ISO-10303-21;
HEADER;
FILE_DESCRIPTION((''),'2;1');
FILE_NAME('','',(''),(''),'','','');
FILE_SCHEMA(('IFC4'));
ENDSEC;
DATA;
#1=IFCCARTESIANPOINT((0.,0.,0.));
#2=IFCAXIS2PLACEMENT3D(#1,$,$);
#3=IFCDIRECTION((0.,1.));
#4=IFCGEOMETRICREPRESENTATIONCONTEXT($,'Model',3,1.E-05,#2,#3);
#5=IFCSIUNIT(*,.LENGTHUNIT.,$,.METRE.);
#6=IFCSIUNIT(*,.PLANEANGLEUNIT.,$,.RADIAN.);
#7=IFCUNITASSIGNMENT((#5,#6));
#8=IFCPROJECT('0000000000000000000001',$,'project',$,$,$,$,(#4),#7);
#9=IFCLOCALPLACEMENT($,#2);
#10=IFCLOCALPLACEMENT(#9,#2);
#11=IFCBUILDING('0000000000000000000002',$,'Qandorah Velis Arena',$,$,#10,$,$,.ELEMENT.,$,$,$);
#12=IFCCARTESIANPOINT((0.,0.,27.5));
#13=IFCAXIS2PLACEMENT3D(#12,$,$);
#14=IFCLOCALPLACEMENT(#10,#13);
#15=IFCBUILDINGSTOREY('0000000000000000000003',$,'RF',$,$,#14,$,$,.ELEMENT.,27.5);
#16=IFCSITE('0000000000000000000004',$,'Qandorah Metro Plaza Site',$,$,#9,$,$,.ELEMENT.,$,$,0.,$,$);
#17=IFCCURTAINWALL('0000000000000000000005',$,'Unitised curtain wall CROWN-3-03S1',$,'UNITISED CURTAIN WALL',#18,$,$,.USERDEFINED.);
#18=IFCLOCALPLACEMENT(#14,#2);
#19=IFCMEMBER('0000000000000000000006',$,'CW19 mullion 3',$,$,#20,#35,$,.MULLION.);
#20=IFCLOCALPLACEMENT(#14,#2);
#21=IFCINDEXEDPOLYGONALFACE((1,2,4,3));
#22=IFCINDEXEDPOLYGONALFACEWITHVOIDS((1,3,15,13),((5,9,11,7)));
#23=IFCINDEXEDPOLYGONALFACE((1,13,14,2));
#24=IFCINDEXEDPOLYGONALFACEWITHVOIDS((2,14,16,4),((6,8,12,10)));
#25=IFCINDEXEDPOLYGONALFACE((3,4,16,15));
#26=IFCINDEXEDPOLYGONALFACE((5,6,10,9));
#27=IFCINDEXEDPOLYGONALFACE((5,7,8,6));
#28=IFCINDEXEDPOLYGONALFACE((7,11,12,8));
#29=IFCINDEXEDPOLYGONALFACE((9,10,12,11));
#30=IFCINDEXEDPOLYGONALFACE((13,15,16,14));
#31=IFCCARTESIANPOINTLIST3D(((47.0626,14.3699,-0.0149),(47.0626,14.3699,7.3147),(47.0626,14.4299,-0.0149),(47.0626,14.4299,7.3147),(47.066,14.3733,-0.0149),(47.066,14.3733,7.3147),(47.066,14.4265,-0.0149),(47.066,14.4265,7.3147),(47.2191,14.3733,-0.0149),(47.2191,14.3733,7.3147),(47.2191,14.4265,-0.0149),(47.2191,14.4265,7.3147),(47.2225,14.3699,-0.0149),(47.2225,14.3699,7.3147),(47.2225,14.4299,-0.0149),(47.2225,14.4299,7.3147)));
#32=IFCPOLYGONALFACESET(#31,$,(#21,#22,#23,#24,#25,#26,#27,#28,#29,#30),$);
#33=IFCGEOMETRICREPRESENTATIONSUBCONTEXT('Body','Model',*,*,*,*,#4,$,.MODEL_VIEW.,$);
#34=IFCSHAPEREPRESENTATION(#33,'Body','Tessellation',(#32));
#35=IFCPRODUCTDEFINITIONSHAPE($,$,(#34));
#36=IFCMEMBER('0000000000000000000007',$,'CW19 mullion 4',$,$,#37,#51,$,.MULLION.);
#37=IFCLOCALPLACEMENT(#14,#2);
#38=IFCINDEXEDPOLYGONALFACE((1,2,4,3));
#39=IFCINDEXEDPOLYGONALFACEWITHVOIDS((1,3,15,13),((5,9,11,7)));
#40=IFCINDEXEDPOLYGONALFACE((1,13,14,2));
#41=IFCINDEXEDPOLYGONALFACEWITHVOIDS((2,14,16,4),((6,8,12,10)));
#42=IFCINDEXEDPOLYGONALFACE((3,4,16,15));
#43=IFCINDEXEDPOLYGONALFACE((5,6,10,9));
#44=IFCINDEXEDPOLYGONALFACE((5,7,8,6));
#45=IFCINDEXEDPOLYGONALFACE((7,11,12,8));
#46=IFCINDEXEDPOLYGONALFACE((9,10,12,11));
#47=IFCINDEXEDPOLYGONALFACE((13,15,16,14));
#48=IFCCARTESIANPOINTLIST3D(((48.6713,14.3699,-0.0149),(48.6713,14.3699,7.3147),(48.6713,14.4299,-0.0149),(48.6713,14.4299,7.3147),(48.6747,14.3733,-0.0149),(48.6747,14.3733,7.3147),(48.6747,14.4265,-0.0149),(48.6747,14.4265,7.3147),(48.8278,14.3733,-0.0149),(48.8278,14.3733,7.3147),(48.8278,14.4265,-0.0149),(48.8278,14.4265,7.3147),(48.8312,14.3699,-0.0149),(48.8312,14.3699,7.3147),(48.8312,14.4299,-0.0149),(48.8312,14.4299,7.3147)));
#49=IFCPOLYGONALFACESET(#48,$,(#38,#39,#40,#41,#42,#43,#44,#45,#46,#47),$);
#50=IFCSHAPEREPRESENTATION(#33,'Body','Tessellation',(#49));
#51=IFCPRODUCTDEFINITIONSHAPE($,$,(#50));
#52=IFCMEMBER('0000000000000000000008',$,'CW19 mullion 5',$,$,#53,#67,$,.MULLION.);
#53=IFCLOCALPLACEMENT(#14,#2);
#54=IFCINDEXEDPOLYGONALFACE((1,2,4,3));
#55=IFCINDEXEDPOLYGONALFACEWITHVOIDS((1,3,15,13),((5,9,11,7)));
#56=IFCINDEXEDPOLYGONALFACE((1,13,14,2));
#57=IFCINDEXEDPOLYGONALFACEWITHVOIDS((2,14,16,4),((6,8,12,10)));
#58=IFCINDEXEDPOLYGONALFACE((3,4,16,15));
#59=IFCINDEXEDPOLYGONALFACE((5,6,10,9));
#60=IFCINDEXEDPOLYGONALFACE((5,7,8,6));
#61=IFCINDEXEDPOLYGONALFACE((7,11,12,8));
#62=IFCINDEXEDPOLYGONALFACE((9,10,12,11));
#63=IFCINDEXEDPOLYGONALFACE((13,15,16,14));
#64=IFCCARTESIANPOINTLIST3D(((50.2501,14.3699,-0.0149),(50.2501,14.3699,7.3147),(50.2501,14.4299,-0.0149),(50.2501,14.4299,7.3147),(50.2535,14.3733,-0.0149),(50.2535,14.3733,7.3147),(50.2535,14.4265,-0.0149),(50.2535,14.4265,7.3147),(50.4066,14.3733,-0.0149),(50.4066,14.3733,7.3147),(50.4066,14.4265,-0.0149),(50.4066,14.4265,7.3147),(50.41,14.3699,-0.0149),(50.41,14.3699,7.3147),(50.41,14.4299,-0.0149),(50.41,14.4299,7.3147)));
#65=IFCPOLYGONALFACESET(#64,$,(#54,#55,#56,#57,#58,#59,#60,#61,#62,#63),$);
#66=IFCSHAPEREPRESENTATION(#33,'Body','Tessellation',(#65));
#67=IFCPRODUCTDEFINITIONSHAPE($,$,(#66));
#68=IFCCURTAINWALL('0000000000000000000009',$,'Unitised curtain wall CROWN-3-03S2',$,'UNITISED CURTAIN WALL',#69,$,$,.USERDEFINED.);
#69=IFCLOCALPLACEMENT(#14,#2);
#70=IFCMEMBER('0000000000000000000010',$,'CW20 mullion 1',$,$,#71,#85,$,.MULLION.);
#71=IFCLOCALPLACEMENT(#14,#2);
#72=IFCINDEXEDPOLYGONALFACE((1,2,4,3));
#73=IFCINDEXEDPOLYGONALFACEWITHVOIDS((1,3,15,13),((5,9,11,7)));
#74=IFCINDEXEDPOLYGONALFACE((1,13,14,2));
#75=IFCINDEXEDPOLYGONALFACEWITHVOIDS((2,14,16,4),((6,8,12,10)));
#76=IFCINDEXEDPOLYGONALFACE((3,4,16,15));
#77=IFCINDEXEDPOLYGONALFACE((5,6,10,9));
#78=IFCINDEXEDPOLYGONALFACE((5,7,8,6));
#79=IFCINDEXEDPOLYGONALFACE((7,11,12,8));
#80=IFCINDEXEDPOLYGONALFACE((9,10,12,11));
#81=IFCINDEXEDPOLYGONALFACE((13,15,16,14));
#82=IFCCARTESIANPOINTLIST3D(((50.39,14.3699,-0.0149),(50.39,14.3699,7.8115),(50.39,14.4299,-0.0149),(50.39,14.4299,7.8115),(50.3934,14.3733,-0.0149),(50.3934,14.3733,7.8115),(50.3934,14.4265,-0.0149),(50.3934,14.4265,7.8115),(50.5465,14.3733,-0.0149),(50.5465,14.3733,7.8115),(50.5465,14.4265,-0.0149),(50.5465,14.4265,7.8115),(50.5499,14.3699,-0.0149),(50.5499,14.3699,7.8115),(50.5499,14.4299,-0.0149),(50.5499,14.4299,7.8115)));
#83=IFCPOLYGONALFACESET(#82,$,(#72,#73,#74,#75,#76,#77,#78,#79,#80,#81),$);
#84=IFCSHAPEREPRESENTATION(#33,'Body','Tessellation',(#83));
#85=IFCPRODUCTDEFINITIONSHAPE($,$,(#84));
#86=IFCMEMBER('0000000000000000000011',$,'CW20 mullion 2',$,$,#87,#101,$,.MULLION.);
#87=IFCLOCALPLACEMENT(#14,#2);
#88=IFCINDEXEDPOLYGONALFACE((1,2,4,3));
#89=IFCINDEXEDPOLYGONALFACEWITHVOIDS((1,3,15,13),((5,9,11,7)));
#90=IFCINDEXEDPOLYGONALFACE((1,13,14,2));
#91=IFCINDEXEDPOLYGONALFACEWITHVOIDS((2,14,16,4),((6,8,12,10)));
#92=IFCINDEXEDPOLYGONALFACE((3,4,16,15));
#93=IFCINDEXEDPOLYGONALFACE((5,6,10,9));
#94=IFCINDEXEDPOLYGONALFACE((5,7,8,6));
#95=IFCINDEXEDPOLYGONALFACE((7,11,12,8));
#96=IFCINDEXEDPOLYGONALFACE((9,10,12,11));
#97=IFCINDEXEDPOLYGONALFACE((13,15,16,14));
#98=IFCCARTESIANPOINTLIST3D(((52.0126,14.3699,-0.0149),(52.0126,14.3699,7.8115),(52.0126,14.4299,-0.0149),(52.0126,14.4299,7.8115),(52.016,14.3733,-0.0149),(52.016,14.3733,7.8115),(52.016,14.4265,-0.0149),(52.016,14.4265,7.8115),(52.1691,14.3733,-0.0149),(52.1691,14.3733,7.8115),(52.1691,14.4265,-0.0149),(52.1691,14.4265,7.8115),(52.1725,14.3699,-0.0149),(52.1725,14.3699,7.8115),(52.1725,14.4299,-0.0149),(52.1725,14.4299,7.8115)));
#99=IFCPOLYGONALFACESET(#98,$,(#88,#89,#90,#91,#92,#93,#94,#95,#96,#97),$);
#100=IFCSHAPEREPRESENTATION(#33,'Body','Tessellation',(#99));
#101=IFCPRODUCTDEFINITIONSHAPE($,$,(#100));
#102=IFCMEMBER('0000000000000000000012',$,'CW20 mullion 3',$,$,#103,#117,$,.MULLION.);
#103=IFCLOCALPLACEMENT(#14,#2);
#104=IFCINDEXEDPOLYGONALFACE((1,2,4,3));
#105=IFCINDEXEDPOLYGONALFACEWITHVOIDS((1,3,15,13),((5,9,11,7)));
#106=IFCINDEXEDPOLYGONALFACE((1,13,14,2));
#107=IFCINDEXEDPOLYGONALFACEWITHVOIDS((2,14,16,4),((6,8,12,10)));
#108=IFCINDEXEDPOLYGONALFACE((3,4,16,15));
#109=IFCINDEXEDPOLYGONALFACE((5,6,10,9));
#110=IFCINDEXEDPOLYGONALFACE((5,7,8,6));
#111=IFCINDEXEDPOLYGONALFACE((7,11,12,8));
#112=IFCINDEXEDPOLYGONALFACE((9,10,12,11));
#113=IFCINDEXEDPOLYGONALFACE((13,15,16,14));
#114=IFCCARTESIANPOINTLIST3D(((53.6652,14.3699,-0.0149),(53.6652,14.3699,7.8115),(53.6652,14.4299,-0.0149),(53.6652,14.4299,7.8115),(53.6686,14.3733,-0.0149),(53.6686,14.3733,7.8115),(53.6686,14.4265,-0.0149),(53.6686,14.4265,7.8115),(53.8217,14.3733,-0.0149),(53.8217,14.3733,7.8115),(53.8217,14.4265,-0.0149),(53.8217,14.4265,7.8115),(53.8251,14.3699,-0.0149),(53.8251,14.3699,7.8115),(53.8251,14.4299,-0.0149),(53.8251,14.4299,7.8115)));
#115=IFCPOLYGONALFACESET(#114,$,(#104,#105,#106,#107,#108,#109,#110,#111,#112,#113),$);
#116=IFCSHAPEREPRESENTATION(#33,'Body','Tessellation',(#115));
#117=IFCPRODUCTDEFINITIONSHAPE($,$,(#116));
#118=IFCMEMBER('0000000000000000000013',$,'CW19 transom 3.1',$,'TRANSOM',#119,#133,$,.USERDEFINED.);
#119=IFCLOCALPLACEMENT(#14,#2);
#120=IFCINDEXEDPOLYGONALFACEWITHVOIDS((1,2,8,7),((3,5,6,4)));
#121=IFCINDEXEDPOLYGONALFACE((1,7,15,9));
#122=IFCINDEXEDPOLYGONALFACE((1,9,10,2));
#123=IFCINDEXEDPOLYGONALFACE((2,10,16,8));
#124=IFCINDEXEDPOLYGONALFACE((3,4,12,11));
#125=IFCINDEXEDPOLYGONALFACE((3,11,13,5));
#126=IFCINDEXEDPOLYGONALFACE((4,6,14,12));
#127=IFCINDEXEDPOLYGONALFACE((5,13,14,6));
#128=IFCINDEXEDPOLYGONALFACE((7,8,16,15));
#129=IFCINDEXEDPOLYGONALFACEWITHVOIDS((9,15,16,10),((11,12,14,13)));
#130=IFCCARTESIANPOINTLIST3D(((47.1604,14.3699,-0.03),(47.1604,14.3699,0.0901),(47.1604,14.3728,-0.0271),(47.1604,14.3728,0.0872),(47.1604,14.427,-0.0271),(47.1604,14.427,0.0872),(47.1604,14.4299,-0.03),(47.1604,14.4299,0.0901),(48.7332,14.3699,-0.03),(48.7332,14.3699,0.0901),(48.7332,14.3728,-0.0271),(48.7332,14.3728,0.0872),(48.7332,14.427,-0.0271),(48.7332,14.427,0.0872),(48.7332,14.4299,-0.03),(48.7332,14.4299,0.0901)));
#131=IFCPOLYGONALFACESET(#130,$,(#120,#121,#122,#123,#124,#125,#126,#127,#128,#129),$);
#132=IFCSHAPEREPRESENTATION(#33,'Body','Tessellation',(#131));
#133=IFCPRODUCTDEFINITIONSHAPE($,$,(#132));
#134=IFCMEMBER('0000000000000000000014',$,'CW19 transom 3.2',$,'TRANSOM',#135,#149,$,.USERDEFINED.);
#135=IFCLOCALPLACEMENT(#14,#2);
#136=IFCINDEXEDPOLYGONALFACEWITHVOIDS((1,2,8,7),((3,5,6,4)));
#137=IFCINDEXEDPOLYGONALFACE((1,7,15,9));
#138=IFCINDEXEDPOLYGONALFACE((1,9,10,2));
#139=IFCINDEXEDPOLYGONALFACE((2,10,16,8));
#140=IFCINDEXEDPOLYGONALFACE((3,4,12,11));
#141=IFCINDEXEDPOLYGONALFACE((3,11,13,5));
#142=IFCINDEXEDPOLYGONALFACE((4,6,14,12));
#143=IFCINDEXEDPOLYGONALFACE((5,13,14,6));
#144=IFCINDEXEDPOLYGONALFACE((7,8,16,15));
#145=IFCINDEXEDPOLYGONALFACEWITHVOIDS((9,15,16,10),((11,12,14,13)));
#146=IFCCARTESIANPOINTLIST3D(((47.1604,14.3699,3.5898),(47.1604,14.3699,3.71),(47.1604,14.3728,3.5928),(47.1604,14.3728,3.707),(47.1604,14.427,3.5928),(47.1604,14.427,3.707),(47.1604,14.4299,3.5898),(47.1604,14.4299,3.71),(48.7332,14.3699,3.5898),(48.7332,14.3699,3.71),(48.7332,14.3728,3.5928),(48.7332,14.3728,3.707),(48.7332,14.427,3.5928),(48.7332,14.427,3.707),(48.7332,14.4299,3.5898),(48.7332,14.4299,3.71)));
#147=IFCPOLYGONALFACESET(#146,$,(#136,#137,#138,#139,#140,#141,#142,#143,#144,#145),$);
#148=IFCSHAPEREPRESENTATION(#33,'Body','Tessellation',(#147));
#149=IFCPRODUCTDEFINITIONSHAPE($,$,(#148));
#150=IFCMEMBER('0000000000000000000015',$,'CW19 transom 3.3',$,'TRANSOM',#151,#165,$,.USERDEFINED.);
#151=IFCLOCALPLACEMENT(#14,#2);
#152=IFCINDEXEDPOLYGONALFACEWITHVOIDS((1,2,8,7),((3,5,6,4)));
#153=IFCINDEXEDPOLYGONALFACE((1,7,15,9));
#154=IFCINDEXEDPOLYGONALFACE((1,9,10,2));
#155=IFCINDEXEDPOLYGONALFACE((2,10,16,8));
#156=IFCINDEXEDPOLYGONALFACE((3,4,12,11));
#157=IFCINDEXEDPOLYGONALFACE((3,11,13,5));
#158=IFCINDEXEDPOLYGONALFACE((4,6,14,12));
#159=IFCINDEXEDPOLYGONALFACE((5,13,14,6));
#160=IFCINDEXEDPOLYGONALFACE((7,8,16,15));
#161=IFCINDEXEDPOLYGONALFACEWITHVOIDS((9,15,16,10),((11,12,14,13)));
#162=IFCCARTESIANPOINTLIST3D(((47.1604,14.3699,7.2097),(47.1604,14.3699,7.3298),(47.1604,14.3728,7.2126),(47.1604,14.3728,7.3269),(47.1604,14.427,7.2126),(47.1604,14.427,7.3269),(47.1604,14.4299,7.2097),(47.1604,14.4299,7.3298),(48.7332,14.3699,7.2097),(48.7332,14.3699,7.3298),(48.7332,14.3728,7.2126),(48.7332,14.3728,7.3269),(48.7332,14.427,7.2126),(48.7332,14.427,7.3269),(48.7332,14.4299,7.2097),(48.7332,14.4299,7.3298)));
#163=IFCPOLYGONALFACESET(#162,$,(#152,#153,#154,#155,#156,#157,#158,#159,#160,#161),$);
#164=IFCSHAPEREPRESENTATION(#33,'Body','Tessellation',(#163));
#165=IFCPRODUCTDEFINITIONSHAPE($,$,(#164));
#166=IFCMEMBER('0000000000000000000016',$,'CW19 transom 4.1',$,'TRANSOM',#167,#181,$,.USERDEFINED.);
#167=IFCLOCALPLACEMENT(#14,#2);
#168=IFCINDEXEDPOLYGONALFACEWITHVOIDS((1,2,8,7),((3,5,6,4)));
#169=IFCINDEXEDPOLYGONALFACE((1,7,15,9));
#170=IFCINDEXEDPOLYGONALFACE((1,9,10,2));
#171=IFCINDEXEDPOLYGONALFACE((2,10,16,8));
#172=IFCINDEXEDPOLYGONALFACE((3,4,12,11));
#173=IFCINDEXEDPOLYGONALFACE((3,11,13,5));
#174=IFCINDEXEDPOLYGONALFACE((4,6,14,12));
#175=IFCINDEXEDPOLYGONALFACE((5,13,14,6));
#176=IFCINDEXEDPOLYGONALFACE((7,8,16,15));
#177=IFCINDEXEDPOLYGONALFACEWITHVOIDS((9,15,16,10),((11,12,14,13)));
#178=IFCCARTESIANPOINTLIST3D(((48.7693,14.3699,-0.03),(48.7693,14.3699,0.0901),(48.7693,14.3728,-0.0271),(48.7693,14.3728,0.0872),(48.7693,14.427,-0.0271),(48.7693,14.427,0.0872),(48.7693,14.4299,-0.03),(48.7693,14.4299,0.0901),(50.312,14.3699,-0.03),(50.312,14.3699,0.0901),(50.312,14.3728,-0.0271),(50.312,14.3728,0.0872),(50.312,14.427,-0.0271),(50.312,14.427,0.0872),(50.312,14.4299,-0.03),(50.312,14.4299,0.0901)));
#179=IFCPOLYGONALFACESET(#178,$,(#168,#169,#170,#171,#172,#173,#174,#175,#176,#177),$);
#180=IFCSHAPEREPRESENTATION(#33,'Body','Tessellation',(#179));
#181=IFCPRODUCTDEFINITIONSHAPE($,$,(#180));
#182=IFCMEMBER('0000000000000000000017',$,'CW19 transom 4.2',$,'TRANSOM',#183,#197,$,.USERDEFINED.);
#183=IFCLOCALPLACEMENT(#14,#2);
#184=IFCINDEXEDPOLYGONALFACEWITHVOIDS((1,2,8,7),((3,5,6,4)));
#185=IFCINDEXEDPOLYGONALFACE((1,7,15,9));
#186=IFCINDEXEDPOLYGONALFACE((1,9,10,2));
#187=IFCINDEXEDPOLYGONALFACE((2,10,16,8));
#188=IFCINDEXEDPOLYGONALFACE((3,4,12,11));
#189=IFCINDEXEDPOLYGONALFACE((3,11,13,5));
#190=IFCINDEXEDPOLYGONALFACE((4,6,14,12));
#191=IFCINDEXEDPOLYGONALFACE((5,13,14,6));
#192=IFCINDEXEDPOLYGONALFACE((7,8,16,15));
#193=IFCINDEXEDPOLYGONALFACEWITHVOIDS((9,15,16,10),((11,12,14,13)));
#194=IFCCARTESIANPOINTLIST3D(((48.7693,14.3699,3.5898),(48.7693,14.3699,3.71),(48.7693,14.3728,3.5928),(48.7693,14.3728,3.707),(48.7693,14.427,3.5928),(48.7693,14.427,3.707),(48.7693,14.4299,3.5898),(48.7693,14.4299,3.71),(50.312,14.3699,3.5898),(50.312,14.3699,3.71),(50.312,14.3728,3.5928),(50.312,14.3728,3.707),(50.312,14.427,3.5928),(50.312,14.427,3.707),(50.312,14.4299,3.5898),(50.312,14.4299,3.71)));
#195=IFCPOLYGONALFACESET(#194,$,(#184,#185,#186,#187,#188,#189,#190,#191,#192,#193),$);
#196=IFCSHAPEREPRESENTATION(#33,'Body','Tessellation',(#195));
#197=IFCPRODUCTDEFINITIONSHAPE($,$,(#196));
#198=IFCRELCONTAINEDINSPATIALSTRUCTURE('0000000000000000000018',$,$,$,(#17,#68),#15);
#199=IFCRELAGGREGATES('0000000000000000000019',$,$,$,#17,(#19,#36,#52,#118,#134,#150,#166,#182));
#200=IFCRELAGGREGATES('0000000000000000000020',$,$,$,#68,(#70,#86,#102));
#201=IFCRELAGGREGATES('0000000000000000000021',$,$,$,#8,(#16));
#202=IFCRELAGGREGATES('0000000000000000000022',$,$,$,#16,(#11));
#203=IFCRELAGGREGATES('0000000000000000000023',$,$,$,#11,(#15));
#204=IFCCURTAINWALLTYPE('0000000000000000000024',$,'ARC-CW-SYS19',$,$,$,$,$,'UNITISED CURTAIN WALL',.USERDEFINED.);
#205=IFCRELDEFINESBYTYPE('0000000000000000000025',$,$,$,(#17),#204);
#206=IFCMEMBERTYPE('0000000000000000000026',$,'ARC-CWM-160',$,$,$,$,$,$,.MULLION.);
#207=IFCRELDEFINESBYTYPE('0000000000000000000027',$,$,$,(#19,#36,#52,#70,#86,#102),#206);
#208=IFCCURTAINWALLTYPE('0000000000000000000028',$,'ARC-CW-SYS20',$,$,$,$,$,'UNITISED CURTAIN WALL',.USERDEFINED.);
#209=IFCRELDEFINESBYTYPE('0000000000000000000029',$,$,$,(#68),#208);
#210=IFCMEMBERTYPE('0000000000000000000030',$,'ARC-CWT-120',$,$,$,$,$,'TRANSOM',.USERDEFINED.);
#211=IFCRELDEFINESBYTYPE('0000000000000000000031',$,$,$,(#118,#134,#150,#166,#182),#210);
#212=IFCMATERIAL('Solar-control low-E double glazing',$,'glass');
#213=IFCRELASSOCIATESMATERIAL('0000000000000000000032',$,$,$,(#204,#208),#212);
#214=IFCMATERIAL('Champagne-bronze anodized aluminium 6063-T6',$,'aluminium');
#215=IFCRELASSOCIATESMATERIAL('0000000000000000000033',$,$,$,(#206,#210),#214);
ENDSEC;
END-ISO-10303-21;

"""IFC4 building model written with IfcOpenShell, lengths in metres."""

from ifc_helpers import new_model, si_unit, direction, frame, origin, origin_2d, place, context, subcontext, project, spatial, hollow_rectangle, extrude, material, material_profile, profile_set, type_object, element, aggregate, save


model = new_model("IFC4")

# Units and contexts
model_context = context("Model", 3, precision=1e-05, world=origin(), true_north=direction((0.0, 1.0)))
body_context = subcontext(model_context, "Body", "Model", "MODEL_VIEW")
ifc_project = project(units=[si_unit("LENGTHUNIT", "METRE"), si_unit("PLANEANGLEUNIT", "RADIAN")], contexts=[model_context])

# Site, building, storey
site_placement = place(None, origin())
site = spatial("IfcSite", under=ifc_project, at=site_placement, Name="Qandorah Metro Plaza Site", CompositionType="ELEMENT", RefElevation=0.0)
building_placement = place(site_placement, origin())
building = spatial("IfcBuilding", under=site, at=building_placement, Name="Qandorah Velis Arena", CompositionType="ELEMENT")
storey_placement = place(building_placement, frame((0.0, 0.0, 27.5)))
storey = spatial("IfcBuildingStorey", under=building, at=storey_placement, Name="RF", CompositionType="ELEMENT", Elevation=27.5)

# Curtain walls, members
ifc_material_1 = material(Name="Solar-control low-E double glazing", Category="glass")
curtain_wall_type_1 = type_object("IfcCurtainWallType", Name="ARC-CW-SYS19", ElementType="UNITISED CURTAIN WALL", PredefinedType="USERDEFINED", material=ifc_material_1)
curtain_wall_1_placement = place(storey_placement, origin())
curtain_wall_1 = element("IfcCurtainWall", 1, at=curtain_wall_1_placement, inside=storey, type_object=curtain_wall_type_1, Name="Unitised curtain wall CROWN-3-03S1", ObjectType="UNITISED CURTAIN WALL", PredefinedType="USERDEFINED")
ifc_material_2 = material(Name="Champagne-bronze anodized aluminium 6063-T6", Category="aluminium")
ifc_material_profile_1 = material_profile(ifc_material_2, hollow_rectangle(XDim=0.0601, YDim=0.1599, WallThickness=0.0034, at=origin_2d()), Name="ALU MULLION 60x160")
ifc_profile_set_1 = profile_set([ifc_material_profile_1], Name="Champagne-bronze anodized aluminium 6063-T6")
member_type_1 = type_object("IfcMemberType", Name="ARC-CWM-160", PredefinedType="MULLION", material=ifc_profile_set_1)
member_1_placement = place(storey_placement, frame((47.1426, 14.3999, -0.0149), z_axis=(0.0, 0.0, 1.0), x_axis=(0.0, 1.0, 0.0)))
member_1 = element("IfcMember", 2, at=member_1_placement, type_object=member_type_1, Name="CW19 mullion 3", PredefinedType="MULLION", context=body_context, shape_type="SweptSolid", body=[
    extrude(hollow_rectangle(XDim=0.0601, YDim=0.1599, WallThickness=0.0034, at=origin_2d()), origin(), (0.0, 0.0, 1.0), 7.3296),
])
member_2_placement = place(storey_placement, frame((48.7512, 14.3999, -0.0149), z_axis=(0.0, 0.0, 1.0), x_axis=(0.0, 1.0, 0.0)))
member_2 = element("IfcMember", 3, at=member_2_placement, type_object=member_type_1, Name="CW19 mullion 4", PredefinedType="MULLION", context=body_context, shape_type="SweptSolid", body=[
    extrude(hollow_rectangle(XDim=0.0601, YDim=0.1599, WallThickness=0.0034, at=origin_2d()), origin(), (0.0, 0.0, 1.0), 7.3296),
])
member_3_placement = place(storey_placement, frame((50.3301, 14.3999, -0.0149), z_axis=(0.0, 0.0, 1.0), x_axis=(0.0, 1.0, 0.0)))
member_3 = element("IfcMember", 4, at=member_3_placement, type_object=member_type_1, Name="CW19 mullion 5", PredefinedType="MULLION", context=body_context, shape_type="SweptSolid", body=[
    extrude(hollow_rectangle(XDim=0.0601, YDim=0.1599, WallThickness=0.0034, at=origin_2d()), origin(), (0.0, 0.0, 1.0), 7.3296),
])
curtain_wall_type_2 = type_object("IfcCurtainWallType", Name="ARC-CW-SYS20", ElementType="UNITISED CURTAIN WALL", PredefinedType="USERDEFINED", material=ifc_material_1)
curtain_wall_2_placement = place(storey_placement, origin())
curtain_wall_2 = element("IfcCurtainWall", 5, at=curtain_wall_2_placement, inside=storey, type_object=curtain_wall_type_2, Name="Unitised curtain wall CROWN-3-03S2", ObjectType="UNITISED CURTAIN WALL", PredefinedType="USERDEFINED")
member_4_placement = place(storey_placement, frame((50.47, 14.3999, -0.0149), z_axis=(0.0, 0.0, 1.0), x_axis=(0.0, 1.0, 0.0)))
member_4 = element("IfcMember", 6, at=member_4_placement, type_object=member_type_1, Name="CW20 mullion 1", PredefinedType="MULLION", context=body_context, shape_type="SweptSolid", body=[
    extrude(hollow_rectangle(XDim=0.0601, YDim=0.1599, WallThickness=0.0034, at=origin_2d()), origin(), (0.0, 0.0, 1.0), 7.8264),
])
member_5_placement = place(storey_placement, frame((52.0925, 14.3999, -0.0149), z_axis=(0.0, 0.0, 1.0), x_axis=(0.0, 1.0, 0.0)))
member_5 = element("IfcMember", 7, at=member_5_placement, type_object=member_type_1, Name="CW20 mullion 2", PredefinedType="MULLION", context=body_context, shape_type="SweptSolid", body=[
    extrude(hollow_rectangle(XDim=0.0601, YDim=0.1599, WallThickness=0.0034, at=origin_2d()), origin(), (0.0, 0.0, 1.0), 7.8264),
])
member_6_placement = place(storey_placement, frame((53.7451, 14.3999, -0.0149), z_axis=(0.0, 0.0, 1.0), x_axis=(0.0, 1.0, 0.0)))
member_6 = element("IfcMember", 8, at=member_6_placement, type_object=member_type_1, Name="CW20 mullion 3", PredefinedType="MULLION", context=body_context, shape_type="SweptSolid", body=[
    extrude(hollow_rectangle(XDim=0.0601, YDim=0.1599, WallThickness=0.0034, at=origin_2d()), origin(), (0.0, 0.0, 1.0), 7.8264),
])

# Members
ifc_material_profile_2 = material_profile(ifc_material_2, hollow_rectangle(XDim=0.0601, YDim=0.1201, WallThickness=0.0029, at=origin_2d()), Name="ALU TRANSOM 60x120")
ifc_profile_set_2 = profile_set([ifc_material_profile_2], Name="Champagne-bronze anodized aluminium 6063-T6")
member_type_2 = type_object("IfcMemberType", Name="ARC-CWT-120", ElementType="TRANSOM", PredefinedType="USERDEFINED", material=ifc_profile_set_2)
member_7_placement = place(storey_placement, frame((47.1604, 14.3999, 0.03), z_axis=(1.0, 0.0, 0.0), x_axis=(0.0, 1.0, 0.0)))
member_7 = element("IfcMember", 9, at=member_7_placement, type_object=member_type_2, Name="CW19 transom 3.1", ObjectType="TRANSOM", PredefinedType="USERDEFINED", context=body_context, shape_type="SweptSolid", body=[
    extrude(hollow_rectangle(XDim=0.0601, YDim=0.1201, WallThickness=0.0029, at=origin_2d()), origin(), (0.0, 0.0, 1.0), 1.5728),
])
member_8_placement = place(storey_placement, frame((47.1604, 14.3999, 3.6499), z_axis=(1.0, 0.0, 0.0), x_axis=(0.0, 1.0, 0.0)))
member_8 = element("IfcMember", 10, at=member_8_placement, type_object=member_type_2, Name="CW19 transom 3.2", ObjectType="TRANSOM", PredefinedType="USERDEFINED", context=body_context, shape_type="SweptSolid", body=[
    extrude(hollow_rectangle(XDim=0.0601, YDim=0.1201, WallThickness=0.0029, at=origin_2d()), origin(), (0.0, 0.0, 1.0), 1.5728),
])
member_9_placement = place(storey_placement, frame((47.1604, 14.3999, 7.2698), z_axis=(1.0, 0.0, 0.0), x_axis=(0.0, 1.0, 0.0)))
member_9 = element("IfcMember", 11, at=member_9_placement, type_object=member_type_2, Name="CW19 transom 3.3", ObjectType="TRANSOM", PredefinedType="USERDEFINED", context=body_context, shape_type="SweptSolid", body=[
    extrude(hollow_rectangle(XDim=0.0601, YDim=0.1201, WallThickness=0.0029, at=origin_2d()), origin(), (0.0, 0.0, 1.0), 1.5728),
])
member_10_placement = place(storey_placement, frame((48.7693, 14.3999, 0.03), z_axis=(1.0, 0.0, 0.0), x_axis=(0.0, 1.0, 0.0)))
member_10 = element("IfcMember", 12, at=member_10_placement, type_object=member_type_2, Name="CW19 transom 4.1", ObjectType="TRANSOM", PredefinedType="USERDEFINED", context=body_context, shape_type="SweptSolid", body=[
    extrude(hollow_rectangle(XDim=0.0601, YDim=0.1201, WallThickness=0.0029, at=origin_2d()), origin(), (0.0, 0.0, 1.0), 1.5427),
])
member_11_placement = place(storey_placement, frame((48.7693, 14.3999, 3.6499), z_axis=(1.0, 0.0, 0.0), x_axis=(0.0, 1.0, 0.0)))
member_11 = element("IfcMember", 13, at=member_11_placement, type_object=member_type_2, Name="CW19 transom 4.2", ObjectType="TRANSOM", PredefinedType="USERDEFINED", context=body_context, shape_type="SweptSolid", body=[
    extrude(hollow_rectangle(XDim=0.0601, YDim=0.1201, WallThickness=0.0029, at=origin_2d()), origin(), (0.0, 0.0, 1.0), 1.5427),
])

aggregate(curtain_wall_1, [member_1, member_2, member_3, member_7, member_8, member_9, member_10, member_11])
aggregate(curtain_wall_2, [member_4, member_5, member_6])

save(model, "model.ifc")
